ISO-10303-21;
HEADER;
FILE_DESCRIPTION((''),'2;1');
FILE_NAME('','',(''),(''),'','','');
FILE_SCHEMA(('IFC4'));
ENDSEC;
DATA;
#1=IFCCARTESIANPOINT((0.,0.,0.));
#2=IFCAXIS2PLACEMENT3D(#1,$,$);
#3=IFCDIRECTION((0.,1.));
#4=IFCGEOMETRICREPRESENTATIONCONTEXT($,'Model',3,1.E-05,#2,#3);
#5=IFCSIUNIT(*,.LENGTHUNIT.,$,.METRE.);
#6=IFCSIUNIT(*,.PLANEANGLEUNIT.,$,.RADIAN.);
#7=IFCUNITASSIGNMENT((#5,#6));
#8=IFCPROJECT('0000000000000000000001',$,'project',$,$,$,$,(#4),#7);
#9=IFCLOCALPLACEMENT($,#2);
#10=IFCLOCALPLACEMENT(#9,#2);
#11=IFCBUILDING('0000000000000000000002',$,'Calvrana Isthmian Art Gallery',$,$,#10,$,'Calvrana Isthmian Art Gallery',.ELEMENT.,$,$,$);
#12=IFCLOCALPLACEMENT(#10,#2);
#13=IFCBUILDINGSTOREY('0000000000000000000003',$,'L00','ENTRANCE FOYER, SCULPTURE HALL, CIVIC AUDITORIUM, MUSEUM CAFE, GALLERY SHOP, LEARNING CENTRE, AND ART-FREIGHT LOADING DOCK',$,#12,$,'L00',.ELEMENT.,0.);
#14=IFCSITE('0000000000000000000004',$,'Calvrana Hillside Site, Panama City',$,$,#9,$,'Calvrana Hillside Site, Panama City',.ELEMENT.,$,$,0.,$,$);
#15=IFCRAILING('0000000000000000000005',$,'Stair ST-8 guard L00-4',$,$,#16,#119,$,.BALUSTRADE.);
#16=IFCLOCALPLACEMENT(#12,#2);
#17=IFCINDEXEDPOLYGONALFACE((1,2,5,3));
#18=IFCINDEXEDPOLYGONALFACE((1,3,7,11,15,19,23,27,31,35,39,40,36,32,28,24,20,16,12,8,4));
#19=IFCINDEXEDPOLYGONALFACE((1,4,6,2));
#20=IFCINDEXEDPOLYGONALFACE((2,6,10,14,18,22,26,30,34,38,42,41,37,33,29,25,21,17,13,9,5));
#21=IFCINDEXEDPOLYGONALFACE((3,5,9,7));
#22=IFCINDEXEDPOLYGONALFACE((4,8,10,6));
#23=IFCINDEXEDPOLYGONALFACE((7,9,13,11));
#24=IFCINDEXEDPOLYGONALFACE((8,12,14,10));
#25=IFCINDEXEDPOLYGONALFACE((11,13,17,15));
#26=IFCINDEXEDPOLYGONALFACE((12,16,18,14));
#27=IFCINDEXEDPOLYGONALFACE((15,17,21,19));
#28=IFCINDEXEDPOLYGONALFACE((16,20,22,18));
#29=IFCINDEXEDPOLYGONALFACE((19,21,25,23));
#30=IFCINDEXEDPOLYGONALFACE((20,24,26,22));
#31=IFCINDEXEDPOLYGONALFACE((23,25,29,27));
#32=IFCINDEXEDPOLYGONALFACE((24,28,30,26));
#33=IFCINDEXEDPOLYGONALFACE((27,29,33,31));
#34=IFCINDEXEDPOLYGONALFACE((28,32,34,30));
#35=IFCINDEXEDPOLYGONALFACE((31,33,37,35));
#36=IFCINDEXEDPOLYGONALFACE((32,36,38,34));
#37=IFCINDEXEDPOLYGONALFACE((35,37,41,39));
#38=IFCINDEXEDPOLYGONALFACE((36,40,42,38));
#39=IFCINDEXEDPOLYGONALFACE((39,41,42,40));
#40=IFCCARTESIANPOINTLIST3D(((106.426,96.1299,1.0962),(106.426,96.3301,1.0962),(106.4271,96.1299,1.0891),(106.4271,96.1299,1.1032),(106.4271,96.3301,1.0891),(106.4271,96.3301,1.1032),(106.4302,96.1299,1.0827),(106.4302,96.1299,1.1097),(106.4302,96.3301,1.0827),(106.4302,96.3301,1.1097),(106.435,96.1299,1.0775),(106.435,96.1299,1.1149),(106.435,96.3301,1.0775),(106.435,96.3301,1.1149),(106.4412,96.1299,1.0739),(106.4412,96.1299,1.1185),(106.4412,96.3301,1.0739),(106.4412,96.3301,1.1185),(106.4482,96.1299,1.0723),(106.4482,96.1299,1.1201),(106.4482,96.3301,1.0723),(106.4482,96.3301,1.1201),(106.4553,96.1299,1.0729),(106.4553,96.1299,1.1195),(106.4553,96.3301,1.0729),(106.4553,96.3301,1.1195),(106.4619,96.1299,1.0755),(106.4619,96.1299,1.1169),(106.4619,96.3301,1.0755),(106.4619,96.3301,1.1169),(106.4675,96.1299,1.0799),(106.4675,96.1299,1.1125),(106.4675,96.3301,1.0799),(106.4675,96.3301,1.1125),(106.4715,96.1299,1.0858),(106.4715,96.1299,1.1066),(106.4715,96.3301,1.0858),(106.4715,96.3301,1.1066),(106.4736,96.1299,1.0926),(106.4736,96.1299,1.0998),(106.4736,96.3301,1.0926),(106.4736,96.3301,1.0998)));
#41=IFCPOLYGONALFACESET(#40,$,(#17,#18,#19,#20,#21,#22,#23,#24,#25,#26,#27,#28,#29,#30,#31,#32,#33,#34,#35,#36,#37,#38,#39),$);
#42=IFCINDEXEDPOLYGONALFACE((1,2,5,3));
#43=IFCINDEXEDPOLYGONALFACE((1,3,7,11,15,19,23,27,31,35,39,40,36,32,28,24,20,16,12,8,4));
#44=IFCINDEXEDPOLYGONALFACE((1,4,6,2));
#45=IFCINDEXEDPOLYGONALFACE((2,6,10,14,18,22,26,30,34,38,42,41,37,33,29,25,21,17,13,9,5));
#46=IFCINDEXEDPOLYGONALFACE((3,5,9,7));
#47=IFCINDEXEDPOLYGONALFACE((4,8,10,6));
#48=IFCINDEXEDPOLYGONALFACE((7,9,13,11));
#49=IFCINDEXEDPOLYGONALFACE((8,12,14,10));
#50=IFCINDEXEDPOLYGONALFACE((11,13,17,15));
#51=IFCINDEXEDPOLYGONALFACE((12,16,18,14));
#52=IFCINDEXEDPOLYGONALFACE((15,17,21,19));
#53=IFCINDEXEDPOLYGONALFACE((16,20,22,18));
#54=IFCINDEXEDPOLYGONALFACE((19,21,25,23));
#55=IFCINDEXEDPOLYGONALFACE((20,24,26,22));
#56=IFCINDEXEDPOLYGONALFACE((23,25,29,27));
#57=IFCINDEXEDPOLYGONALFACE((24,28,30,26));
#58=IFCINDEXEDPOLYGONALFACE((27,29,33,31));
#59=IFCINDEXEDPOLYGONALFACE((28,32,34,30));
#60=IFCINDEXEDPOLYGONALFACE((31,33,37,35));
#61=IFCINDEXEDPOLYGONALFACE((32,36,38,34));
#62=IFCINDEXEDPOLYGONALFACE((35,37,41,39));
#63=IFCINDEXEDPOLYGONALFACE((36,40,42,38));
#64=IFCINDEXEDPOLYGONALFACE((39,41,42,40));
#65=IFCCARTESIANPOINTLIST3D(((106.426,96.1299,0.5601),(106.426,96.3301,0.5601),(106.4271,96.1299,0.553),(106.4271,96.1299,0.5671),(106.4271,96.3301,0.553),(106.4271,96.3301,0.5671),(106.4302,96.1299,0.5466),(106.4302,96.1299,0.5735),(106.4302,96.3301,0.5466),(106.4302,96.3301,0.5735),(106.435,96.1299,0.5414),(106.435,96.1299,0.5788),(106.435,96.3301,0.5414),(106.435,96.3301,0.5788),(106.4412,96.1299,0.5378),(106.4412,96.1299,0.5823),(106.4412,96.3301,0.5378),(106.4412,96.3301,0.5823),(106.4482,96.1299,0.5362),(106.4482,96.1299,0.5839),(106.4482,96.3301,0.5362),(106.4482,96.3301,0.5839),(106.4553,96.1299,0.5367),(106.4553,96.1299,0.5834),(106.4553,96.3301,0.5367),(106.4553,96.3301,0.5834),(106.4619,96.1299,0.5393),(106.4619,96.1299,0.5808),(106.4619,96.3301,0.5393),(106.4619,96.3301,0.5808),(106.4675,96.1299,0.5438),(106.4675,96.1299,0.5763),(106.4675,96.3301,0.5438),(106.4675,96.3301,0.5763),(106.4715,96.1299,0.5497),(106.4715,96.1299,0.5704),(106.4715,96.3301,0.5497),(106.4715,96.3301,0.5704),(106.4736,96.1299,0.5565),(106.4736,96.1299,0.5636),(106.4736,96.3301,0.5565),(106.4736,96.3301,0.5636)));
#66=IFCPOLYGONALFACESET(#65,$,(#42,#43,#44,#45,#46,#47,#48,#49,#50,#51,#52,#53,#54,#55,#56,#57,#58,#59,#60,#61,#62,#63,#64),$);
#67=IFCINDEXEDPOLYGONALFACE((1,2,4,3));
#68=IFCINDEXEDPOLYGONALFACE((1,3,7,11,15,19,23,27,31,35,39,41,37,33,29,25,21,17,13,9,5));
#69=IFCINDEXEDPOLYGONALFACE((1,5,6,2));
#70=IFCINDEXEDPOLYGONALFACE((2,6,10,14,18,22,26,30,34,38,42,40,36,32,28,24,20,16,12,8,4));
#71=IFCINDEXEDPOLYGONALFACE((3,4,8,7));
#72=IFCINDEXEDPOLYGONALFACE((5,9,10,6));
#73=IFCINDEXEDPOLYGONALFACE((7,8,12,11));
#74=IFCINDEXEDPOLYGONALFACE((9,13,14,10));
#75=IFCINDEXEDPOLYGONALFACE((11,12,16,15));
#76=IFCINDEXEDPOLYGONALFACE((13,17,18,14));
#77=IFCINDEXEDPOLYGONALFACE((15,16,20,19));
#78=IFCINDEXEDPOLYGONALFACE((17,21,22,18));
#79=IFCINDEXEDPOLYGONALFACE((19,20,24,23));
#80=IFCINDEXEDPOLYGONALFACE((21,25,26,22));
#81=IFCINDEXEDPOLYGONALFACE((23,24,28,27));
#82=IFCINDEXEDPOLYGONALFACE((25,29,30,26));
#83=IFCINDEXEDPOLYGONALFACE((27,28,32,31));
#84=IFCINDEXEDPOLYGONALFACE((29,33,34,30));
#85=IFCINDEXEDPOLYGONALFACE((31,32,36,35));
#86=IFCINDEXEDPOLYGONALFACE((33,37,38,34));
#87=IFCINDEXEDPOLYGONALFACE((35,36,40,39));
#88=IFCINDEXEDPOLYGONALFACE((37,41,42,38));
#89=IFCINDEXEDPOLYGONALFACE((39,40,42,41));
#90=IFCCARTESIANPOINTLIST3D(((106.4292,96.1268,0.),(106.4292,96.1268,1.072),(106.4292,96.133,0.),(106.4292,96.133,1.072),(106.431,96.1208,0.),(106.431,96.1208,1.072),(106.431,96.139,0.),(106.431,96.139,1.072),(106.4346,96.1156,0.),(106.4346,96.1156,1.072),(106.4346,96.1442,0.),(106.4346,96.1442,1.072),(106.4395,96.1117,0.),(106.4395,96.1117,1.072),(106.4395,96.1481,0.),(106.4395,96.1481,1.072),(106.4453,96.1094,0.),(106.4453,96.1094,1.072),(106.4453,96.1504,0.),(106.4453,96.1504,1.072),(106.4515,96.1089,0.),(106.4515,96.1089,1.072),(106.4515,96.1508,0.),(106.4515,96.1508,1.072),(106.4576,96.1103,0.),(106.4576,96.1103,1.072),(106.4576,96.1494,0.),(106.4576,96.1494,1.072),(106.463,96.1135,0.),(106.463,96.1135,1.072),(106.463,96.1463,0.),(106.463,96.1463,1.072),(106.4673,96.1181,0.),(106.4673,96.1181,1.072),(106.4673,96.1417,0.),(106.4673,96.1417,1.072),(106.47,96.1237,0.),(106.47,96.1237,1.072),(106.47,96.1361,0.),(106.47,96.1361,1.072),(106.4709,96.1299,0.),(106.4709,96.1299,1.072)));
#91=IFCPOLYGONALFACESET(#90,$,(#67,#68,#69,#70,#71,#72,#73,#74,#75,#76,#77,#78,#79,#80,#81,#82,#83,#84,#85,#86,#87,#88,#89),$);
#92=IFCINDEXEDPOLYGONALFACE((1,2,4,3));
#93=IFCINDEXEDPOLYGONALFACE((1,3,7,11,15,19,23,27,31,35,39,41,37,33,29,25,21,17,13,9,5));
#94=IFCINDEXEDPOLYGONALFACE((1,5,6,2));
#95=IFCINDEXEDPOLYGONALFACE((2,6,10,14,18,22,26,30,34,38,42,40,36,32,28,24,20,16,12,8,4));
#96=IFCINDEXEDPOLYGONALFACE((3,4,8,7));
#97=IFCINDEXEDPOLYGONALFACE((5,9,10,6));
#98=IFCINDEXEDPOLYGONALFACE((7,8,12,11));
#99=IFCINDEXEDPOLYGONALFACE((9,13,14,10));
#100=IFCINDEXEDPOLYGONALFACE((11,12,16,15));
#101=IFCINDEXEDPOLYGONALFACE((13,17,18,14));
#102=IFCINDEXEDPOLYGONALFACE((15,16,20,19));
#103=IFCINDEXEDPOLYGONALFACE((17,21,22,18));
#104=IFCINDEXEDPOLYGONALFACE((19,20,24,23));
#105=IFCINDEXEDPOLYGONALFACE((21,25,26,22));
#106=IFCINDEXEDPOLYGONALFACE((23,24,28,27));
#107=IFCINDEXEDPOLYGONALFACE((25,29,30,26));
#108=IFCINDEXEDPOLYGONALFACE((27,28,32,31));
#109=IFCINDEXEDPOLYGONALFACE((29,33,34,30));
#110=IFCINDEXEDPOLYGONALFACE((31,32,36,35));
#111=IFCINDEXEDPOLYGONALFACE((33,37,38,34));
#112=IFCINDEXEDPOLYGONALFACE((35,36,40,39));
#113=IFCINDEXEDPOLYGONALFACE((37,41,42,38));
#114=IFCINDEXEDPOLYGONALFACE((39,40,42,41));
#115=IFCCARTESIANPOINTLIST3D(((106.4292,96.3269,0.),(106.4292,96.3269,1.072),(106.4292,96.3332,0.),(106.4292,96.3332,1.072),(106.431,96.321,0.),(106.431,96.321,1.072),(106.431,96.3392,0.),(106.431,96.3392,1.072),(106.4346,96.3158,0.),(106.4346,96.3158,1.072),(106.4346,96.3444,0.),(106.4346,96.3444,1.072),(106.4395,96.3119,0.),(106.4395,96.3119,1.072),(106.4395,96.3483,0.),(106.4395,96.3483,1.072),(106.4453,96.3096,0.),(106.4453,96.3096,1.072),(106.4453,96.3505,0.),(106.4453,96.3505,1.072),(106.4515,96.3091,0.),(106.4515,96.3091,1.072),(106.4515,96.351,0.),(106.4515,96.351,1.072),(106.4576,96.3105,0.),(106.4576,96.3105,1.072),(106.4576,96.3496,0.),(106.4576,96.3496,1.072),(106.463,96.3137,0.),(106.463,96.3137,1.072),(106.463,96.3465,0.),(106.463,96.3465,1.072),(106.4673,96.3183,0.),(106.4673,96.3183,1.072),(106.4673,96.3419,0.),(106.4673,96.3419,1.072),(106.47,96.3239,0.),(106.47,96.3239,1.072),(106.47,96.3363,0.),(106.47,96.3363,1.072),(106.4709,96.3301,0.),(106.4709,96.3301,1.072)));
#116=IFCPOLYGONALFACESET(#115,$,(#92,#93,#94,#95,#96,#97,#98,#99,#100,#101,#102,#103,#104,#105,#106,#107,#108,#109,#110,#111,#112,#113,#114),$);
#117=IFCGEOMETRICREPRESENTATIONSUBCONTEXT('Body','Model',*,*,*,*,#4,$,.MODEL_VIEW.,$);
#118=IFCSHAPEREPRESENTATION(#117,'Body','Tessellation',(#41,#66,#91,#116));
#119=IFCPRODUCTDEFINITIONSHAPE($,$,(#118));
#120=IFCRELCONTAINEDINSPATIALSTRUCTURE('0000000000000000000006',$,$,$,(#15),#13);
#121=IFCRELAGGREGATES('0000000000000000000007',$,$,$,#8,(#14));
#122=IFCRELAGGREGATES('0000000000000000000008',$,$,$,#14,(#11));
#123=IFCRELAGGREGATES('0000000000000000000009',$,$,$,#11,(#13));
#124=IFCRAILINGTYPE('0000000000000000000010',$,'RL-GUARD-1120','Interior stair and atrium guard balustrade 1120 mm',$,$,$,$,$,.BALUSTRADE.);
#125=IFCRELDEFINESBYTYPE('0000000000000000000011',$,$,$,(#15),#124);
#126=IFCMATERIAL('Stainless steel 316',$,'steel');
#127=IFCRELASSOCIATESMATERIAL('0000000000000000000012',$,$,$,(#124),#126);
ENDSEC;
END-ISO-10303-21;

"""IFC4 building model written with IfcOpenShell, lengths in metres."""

from ifc_helpers import new_model, si_unit, direction, frame, origin, origin_2d, place, context, subcontext, project, spatial, circle, extrude, material, type_object, element, save


model = new_model("IFC4")

# Units and contexts
model_context = context("Model", 3, precision=1e-05, world=origin(), true_north=direction((0.0, 1.0)))
body_context = subcontext(model_context, "Body", "Model", "MODEL_VIEW")
ifc_project = project(units=[si_unit("LENGTHUNIT", "METRE"), si_unit("PLANEANGLEUNIT", "RADIAN")], contexts=[model_context])

# Site, building, storey
site_placement = place(None, origin())
site = spatial("IfcSite", under=ifc_project, at=site_placement, Name="Calvrana Hillside Site, Panama City", LongName="Calvrana Hillside Site, Panama City", CompositionType="ELEMENT", RefElevation=0.0)
building_placement = place(site_placement, origin())
building = spatial("IfcBuilding", under=site, at=building_placement, Name="Calvrana Isthmian Art Gallery", LongName="Calvrana Isthmian Art Gallery", CompositionType="ELEMENT")
storey_placement = place(building_placement, origin())
storey = spatial("IfcBuildingStorey", under=building, at=storey_placement, Name="L00", Description="ENTRANCE FOYER, SCULPTURE HALL, CIVIC AUDITORIUM, MUSEUM CAFE, GALLERY SHOP, LEARNING CENTRE, AND ART-FREIGHT LOADING DOCK", LongName="L00", CompositionType="ELEMENT", Elevation=0.0)

# Railing
ifc_material_1 = material(Name="Stainless steel 316", Category="steel")
railing_type_1 = type_object("IfcRailingType", Name="RL-GUARD-1120", Description="Interior stair and atrium guard balustrade 1120 mm", PredefinedType="BALUSTRADE", material=ifc_material_1)
railing_1_placement = place(storey_placement, frame((106.45, 96.1299, 0.0)))
element("IfcRailing", 1, at=railing_1_placement, inside=storey, type_object=railing_type_1, Name="Stair ST-8 guard L00-4", PredefinedType="BALUSTRADE", context=body_context, shape_type="SweptSolid", body=[
    extrude(circle(Radius=0.0239, at=origin_2d()), frame((0.0, 0.0, 1.0962), z_axis=(0.0, 1.0, 0.0), x_axis=(-1.0, 0.0, 0.0)), (0.0, 0.0, 1.0), 0.2002),
    extrude(circle(Radius=0.0239, at=origin_2d()), frame((0.0, 0.0, 0.5601), z_axis=(0.0, 1.0, 0.0), x_axis=(-1.0, 0.0, 0.0)), (0.0, 0.0, 1.0), 0.2002),
    extrude(circle(Radius=0.021, at=origin_2d()), origin(), (0.0, 0.0, 1.0), 1.072),
    extrude(circle(Radius=0.021, at=origin_2d()), frame((0.0, 0.2002, 0.0)), (0.0, 0.0, 1.0), 1.072),
])

save(model, "model.ifc")
